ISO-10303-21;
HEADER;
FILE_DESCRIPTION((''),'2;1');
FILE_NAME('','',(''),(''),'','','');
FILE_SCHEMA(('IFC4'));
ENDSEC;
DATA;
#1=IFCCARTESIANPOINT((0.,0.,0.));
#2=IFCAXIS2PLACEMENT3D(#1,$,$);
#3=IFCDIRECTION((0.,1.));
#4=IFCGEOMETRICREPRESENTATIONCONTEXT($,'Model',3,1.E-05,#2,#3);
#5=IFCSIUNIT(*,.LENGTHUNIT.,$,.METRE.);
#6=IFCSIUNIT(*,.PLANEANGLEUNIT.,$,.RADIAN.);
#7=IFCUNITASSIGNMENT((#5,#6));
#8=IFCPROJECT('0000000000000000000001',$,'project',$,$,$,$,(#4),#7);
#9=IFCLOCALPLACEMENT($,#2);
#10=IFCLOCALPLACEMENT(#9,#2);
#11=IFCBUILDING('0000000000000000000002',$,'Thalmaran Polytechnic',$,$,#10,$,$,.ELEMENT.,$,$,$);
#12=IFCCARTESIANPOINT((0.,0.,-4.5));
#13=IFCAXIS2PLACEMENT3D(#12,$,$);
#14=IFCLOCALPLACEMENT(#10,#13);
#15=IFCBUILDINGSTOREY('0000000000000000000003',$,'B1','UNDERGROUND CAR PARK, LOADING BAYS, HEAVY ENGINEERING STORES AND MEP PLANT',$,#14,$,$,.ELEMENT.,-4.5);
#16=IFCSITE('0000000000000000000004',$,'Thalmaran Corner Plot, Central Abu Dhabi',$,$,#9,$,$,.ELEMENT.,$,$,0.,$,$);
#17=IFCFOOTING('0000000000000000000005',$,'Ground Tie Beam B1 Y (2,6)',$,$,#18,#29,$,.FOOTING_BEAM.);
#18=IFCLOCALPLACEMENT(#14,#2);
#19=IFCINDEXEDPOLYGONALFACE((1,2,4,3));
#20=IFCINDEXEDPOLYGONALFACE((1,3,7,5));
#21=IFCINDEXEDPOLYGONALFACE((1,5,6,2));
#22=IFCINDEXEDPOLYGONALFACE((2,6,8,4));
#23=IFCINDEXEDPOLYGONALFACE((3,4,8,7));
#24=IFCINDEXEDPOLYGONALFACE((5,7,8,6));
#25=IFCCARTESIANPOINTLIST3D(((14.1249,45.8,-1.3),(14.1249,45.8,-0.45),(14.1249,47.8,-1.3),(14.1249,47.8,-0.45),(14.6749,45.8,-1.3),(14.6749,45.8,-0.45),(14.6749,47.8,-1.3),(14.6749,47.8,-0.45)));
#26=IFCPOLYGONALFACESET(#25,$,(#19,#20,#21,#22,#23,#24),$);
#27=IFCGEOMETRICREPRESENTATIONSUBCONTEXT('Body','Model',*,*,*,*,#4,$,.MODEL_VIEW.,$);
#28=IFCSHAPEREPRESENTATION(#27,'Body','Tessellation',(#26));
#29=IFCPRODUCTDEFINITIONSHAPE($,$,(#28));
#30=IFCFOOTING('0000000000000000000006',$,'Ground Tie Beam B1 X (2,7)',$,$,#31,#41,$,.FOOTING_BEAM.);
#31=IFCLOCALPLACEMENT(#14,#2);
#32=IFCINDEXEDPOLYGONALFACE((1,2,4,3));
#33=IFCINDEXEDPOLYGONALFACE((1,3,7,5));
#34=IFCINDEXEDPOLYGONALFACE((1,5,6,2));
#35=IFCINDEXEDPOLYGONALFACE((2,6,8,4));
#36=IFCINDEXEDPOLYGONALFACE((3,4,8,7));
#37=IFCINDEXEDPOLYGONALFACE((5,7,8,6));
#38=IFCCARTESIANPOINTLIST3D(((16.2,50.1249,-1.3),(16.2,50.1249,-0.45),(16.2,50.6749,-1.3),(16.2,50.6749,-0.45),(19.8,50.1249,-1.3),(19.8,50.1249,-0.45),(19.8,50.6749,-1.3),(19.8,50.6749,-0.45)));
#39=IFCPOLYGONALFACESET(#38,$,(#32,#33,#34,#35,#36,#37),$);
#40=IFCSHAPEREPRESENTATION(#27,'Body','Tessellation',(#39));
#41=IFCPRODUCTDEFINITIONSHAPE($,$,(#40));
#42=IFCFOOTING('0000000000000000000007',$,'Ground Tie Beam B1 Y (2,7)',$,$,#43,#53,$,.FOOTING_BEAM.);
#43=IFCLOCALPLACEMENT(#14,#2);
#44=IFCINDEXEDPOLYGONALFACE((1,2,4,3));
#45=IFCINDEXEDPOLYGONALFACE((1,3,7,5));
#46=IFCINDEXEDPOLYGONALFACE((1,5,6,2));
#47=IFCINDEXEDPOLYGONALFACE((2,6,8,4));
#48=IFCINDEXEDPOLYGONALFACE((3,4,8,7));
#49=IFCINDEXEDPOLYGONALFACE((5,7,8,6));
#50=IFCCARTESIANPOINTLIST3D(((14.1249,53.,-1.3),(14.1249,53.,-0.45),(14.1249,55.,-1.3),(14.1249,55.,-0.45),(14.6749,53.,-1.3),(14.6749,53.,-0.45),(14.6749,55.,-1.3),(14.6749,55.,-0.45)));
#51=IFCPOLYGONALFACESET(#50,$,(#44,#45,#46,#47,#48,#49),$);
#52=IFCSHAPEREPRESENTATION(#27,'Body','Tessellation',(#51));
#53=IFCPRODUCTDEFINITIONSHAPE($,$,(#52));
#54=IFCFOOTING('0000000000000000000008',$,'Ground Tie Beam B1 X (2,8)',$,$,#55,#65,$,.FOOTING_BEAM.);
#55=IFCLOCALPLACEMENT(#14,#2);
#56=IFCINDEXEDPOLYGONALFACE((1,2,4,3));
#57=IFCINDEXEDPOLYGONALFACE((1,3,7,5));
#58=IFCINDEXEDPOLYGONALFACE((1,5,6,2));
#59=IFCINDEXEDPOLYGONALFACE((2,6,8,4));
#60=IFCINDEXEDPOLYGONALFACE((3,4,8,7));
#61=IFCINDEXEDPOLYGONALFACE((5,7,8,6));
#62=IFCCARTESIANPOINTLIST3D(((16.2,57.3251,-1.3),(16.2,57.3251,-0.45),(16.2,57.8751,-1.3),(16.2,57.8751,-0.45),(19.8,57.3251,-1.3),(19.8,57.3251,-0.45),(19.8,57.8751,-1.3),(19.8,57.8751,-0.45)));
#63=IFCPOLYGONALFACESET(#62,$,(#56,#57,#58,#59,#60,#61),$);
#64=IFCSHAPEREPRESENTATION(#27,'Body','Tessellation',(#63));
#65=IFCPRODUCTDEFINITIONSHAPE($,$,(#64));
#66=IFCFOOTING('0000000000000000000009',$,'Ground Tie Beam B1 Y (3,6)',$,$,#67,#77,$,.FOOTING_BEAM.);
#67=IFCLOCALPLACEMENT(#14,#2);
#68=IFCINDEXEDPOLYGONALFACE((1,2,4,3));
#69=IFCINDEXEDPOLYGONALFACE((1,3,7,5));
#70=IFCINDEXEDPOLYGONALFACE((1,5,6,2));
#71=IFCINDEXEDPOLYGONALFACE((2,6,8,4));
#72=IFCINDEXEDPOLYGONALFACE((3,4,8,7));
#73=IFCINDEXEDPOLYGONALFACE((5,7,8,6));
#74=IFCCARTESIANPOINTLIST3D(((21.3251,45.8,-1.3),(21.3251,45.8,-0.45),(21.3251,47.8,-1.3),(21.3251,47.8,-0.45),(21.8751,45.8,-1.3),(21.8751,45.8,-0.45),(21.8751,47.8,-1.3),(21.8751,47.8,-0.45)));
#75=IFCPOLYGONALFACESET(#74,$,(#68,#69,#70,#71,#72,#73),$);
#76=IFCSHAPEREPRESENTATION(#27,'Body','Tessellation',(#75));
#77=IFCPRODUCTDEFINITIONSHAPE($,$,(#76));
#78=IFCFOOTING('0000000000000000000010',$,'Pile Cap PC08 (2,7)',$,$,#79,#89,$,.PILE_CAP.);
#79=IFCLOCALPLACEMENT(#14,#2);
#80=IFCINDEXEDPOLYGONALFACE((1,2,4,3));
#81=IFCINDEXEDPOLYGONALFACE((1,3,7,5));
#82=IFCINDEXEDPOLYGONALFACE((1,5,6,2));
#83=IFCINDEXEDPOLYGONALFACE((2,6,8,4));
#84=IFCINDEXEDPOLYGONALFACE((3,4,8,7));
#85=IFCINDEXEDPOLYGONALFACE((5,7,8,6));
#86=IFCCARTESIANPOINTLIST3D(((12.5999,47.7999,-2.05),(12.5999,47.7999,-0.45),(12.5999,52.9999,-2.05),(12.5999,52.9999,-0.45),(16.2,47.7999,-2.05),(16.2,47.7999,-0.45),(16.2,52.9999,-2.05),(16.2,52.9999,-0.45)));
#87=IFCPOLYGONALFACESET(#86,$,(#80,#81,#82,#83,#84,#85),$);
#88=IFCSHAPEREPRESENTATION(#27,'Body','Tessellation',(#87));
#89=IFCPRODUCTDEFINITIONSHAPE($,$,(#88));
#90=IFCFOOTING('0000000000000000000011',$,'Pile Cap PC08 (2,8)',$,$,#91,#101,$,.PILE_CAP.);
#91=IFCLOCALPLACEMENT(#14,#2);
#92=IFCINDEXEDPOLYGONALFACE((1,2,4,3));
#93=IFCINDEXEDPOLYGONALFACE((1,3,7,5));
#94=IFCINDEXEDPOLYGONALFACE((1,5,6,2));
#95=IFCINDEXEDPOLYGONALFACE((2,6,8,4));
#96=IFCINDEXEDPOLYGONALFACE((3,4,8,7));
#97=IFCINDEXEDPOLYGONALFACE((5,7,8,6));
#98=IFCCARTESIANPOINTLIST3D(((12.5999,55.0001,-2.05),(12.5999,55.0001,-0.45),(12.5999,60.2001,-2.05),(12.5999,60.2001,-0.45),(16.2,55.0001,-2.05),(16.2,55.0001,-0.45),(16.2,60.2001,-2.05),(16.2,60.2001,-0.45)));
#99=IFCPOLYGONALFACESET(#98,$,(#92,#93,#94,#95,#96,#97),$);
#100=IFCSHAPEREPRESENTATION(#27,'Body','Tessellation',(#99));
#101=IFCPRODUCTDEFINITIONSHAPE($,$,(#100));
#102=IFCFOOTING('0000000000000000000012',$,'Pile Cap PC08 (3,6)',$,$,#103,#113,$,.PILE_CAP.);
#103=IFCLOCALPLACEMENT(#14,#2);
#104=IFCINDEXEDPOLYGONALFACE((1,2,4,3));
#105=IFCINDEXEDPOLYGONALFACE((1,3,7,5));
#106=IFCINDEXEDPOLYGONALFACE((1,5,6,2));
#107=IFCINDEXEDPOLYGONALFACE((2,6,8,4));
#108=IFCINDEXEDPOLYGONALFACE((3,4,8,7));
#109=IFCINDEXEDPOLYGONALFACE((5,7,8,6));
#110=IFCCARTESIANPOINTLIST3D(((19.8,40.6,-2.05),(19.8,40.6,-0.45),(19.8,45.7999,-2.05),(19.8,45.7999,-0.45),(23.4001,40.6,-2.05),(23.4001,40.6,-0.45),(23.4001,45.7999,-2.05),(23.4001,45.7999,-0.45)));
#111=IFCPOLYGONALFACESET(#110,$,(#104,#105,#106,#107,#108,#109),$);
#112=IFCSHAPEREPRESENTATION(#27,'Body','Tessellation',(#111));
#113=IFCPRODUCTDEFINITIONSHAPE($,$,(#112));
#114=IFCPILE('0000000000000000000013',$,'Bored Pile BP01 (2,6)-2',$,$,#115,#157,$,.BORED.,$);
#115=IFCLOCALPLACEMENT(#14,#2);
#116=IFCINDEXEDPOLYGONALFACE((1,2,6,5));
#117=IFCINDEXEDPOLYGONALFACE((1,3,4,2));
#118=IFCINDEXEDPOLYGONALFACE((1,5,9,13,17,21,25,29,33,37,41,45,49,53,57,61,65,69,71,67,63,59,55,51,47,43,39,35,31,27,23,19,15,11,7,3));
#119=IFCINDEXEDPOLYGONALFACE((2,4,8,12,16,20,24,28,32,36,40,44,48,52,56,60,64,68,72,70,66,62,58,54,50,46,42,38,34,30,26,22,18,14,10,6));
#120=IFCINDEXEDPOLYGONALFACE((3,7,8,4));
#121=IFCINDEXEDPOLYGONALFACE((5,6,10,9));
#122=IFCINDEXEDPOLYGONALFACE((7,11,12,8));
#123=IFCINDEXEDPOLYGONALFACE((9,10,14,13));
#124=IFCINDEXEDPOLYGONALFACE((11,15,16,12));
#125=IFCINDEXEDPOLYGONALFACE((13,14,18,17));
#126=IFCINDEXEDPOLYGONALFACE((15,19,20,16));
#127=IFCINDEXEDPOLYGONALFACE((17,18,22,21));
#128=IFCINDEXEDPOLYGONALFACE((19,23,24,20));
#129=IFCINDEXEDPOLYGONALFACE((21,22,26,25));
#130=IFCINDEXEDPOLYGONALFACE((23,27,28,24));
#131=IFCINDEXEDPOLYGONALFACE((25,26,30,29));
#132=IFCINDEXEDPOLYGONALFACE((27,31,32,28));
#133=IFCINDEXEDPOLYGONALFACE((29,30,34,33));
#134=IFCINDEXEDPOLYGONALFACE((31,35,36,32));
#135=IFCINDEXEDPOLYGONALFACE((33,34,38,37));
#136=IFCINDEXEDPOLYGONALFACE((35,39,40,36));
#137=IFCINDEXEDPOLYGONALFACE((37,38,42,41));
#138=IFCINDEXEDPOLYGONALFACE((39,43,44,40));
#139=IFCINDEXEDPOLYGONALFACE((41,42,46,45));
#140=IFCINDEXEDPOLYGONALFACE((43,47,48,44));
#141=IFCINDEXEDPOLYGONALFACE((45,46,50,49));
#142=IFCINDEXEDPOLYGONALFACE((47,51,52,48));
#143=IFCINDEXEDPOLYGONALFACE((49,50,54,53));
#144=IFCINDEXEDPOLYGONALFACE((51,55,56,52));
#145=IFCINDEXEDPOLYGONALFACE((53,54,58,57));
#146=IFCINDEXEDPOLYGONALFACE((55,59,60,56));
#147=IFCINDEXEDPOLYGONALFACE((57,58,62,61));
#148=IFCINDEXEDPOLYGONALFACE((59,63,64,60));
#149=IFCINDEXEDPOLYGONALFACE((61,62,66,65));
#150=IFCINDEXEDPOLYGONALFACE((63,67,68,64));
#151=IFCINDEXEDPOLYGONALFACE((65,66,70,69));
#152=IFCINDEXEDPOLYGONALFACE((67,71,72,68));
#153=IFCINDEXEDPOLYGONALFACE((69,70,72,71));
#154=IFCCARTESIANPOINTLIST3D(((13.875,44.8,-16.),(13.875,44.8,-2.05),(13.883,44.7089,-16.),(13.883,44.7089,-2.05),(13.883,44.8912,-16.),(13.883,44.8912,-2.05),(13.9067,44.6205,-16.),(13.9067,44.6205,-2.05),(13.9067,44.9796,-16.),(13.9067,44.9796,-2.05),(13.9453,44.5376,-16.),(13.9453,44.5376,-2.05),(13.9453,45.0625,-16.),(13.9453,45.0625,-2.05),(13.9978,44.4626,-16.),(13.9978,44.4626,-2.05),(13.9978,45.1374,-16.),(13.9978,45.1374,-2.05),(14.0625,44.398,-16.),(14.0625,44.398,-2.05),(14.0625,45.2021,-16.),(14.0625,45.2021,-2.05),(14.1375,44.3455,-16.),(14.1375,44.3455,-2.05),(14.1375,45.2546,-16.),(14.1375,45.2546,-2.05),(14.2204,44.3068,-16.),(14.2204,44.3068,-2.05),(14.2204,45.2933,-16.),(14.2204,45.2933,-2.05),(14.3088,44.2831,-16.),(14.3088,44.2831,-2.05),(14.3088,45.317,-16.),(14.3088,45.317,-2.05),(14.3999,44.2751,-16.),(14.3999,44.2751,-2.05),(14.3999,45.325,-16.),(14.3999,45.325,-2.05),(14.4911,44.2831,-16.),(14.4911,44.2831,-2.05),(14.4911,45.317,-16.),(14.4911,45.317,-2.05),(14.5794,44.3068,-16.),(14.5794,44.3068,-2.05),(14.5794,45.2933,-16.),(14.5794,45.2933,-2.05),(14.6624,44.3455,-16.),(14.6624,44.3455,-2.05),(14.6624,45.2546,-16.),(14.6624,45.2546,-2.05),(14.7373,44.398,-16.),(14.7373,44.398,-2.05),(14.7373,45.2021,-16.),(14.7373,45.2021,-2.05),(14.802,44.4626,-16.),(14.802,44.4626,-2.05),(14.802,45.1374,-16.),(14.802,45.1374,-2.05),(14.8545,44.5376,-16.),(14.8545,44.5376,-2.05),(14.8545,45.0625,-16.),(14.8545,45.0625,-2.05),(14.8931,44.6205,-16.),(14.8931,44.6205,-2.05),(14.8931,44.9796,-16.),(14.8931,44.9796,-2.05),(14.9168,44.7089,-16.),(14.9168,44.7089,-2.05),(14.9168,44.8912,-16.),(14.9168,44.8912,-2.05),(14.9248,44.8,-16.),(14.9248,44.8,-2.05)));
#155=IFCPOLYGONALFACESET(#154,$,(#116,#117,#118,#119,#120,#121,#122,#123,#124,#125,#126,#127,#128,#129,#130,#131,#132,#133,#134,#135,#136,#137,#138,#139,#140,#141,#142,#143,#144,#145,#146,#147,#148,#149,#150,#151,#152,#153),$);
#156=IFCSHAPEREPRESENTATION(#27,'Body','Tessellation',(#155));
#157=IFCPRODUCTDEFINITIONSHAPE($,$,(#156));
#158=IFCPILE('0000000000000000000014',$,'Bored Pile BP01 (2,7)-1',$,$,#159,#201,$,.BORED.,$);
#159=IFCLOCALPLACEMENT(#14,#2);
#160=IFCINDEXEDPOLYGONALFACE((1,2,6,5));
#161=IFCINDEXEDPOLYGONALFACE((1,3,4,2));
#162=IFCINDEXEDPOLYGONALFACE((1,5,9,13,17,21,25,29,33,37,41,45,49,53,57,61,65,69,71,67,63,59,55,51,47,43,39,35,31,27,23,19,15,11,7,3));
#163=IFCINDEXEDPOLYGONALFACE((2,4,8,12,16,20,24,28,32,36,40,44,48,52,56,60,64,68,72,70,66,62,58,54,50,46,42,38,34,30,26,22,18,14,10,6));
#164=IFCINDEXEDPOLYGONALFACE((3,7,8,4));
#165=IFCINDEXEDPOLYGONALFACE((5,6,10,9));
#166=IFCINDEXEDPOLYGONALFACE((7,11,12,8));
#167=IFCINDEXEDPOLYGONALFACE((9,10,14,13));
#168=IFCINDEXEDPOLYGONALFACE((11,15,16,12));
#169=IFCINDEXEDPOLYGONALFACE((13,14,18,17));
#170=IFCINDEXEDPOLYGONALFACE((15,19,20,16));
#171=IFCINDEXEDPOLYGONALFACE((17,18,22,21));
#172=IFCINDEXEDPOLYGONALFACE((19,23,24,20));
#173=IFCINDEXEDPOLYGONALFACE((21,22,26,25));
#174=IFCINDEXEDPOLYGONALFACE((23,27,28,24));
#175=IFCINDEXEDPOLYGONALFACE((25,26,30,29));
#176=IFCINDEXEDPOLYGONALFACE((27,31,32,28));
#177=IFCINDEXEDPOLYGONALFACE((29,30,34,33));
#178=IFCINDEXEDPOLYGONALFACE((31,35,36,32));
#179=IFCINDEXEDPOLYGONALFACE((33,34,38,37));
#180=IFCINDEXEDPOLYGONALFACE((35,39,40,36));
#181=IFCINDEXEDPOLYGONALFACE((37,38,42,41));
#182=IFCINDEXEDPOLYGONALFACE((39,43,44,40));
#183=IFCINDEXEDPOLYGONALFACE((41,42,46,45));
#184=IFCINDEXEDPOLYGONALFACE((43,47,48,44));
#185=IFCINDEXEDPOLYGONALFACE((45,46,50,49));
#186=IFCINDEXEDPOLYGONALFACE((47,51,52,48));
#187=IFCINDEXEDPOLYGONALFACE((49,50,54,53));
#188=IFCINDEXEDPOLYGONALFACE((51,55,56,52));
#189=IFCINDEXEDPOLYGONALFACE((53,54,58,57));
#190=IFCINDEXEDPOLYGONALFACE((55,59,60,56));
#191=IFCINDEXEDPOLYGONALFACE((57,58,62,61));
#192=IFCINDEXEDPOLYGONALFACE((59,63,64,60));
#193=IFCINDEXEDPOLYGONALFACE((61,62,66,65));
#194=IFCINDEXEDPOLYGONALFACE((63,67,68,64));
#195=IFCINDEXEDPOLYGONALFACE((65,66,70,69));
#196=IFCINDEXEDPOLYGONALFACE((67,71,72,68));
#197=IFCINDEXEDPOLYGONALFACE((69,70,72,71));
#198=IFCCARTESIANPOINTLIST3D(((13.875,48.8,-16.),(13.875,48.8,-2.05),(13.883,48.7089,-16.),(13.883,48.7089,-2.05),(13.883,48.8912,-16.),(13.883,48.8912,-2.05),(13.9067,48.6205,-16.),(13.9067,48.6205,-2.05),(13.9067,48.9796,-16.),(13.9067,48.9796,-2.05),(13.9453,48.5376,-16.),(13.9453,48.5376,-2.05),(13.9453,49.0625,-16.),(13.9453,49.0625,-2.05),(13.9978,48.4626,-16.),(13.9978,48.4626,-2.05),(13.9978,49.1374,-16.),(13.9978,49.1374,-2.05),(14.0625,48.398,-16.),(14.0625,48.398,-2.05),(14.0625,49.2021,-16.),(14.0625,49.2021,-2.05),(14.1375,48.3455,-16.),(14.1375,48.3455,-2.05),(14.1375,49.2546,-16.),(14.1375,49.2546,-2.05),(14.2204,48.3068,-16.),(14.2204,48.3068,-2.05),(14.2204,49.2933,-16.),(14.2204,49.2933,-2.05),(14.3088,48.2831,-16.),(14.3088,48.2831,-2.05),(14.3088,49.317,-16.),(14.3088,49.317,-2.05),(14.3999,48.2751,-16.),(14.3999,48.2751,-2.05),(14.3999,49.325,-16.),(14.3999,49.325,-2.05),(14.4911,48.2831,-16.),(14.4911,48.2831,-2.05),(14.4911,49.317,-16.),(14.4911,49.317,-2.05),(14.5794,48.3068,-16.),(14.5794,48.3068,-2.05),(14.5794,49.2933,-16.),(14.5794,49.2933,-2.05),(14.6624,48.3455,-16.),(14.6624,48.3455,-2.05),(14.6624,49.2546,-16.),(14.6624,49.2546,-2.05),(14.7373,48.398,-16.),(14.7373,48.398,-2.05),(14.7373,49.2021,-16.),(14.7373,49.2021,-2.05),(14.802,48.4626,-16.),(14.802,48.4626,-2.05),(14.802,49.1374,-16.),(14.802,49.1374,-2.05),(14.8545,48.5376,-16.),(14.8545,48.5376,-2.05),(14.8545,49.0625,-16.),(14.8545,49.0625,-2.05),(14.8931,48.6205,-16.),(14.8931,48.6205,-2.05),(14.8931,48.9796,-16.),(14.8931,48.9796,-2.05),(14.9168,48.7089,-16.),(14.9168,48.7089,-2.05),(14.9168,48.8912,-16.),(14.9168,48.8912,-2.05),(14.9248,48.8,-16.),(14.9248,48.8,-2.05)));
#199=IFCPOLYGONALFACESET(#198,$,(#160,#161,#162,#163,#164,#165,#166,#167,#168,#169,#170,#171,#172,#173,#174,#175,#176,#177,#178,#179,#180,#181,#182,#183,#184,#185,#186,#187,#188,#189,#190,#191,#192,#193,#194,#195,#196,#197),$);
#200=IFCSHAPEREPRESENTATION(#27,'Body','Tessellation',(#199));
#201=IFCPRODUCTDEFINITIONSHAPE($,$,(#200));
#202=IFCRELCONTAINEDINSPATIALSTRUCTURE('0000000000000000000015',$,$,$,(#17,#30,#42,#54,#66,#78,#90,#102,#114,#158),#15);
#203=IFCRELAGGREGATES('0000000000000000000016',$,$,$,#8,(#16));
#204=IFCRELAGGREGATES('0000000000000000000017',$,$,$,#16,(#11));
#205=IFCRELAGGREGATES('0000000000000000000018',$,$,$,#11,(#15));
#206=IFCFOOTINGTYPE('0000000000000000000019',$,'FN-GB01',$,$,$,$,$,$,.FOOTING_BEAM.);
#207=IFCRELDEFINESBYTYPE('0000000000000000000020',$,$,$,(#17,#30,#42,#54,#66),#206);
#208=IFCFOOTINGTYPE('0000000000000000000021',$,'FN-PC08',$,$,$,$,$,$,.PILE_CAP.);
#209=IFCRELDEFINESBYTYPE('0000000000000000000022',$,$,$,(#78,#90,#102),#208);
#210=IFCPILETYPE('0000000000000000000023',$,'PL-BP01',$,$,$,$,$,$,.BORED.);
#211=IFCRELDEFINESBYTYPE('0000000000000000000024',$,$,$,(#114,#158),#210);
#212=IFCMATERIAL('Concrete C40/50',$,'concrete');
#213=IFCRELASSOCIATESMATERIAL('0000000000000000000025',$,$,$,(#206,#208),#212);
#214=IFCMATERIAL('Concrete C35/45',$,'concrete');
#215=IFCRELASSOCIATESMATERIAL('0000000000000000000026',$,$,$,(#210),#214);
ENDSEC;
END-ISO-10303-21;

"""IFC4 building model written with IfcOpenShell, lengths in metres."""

from ifc_helpers import new_model, si_unit, direction, frame, origin, origin_2d, place, context, subcontext, project, spatial, rectangle, circle, extrude, material, material_profile, profile_set, type_object, element, save


model = new_model("IFC4")

# Units and contexts
model_context = context("Model", 3, precision=1e-05, world=origin(), true_north=direction((0.0, 1.0)))
body_context = subcontext(model_context, "Body", "Model", "MODEL_VIEW")
ifc_project = project(units=[si_unit("LENGTHUNIT", "METRE"), si_unit("PLANEANGLEUNIT", "RADIAN")], contexts=[model_context])

# Site, building, storey
site_placement = place(None, origin())
site = spatial("IfcSite", under=ifc_project, at=site_placement, Name="Thalmaran Corner Plot, Central Abu Dhabi", CompositionType="ELEMENT", RefElevation=0.0)
building_placement = place(site_placement, origin())
building = spatial("IfcBuilding", under=site, at=building_placement, Name="Thalmaran Polytechnic", CompositionType="ELEMENT")
storey_placement = place(building_placement, frame((0.0, 0.0, -4.5)))
storey = spatial("IfcBuildingStorey", under=building, at=storey_placement, Name="B1", Description="UNDERGROUND CAR PARK, LOADING BAYS, HEAVY ENGINEERING STORES AND MEP PLANT", CompositionType="ELEMENT", Elevation=-4.5)

# Footings
ifc_material_1 = material(Name="Concrete C40/50", Category="concrete")
ifc_material_profile_1 = material_profile(ifc_material_1, rectangle(XDim=0.55, YDim=0.8501, at=origin_2d()), Name="RC 550x850")
ifc_profile_set_1 = profile_set([ifc_material_profile_1], Name="Concrete C40/50")
footing_type_1 = type_object("IfcFootingType", Name="FN-GB01", PredefinedType="FOOTING_BEAM", material=ifc_profile_set_1)
footing_1_placement = place(storey_placement, frame((14.3999, 45.8, -0.875), z_axis=(0.0, 1.0, 0.0), x_axis=(-1.0, 0.0, 0.0)))
element("IfcFooting", 1, at=footing_1_placement, inside=storey, type_object=footing_type_1, Name="Ground Tie Beam B1 Y (2,6)", PredefinedType="FOOTING_BEAM", context=body_context, shape_type="SweptSolid", body=[
    extrude(rectangle(XDim=0.55, YDim=0.8501, at=origin_2d()), origin(), (0.0, 0.0, 1.0), 2.0),
])
footing_2_placement = place(storey_placement, frame((16.2, 50.3999, -0.875), z_axis=(1.0, 0.0, 0.0), x_axis=(0.0, 1.0, 0.0)))
element("IfcFooting", 2, at=footing_2_placement, inside=storey, type_object=footing_type_1, Name="Ground Tie Beam B1 X (2,7)", PredefinedType="FOOTING_BEAM", context=body_context, shape_type="SweptSolid", body=[
    extrude(rectangle(XDim=0.55, YDim=0.8501, at=origin_2d()), origin(), (0.0, 0.0, 1.0), 3.6001),
])
footing_3_placement = place(storey_placement, frame((14.3999, 53.0, -0.875), z_axis=(0.0, 1.0, 0.0), x_axis=(-1.0, 0.0, 0.0)))
element("IfcFooting", 3, at=footing_3_placement, inside=storey, type_object=footing_type_1, Name="Ground Tie Beam B1 Y (2,7)", PredefinedType="FOOTING_BEAM", context=body_context, shape_type="SweptSolid", body=[
    extrude(rectangle(XDim=0.55, YDim=0.8501, at=origin_2d()), origin(), (0.0, 0.0, 1.0), 2.0),
])
footing_4_placement = place(storey_placement, frame((16.2, 57.6001, -0.875), z_axis=(1.0, 0.0, 0.0), x_axis=(0.0, 1.0, 0.0)))
element("IfcFooting", 4, at=footing_4_placement, inside=storey, type_object=footing_type_1, Name="Ground Tie Beam B1 X (2,8)", PredefinedType="FOOTING_BEAM", context=body_context, shape_type="SweptSolid", body=[
    extrude(rectangle(XDim=0.55, YDim=0.8501, at=origin_2d()), origin(), (0.0, 0.0, 1.0), 3.6001),
])
footing_5_placement = place(storey_placement, frame((21.6001, 45.8, -0.875), z_axis=(0.0, 1.0, 0.0), x_axis=(-1.0, 0.0, 0.0)))
element("IfcFooting", 5, at=footing_5_placement, inside=storey, type_object=footing_type_1, Name="Ground Tie Beam B1 Y (3,6)", PredefinedType="FOOTING_BEAM", context=body_context, shape_type="SweptSolid", body=[
    extrude(rectangle(XDim=0.55, YDim=0.8501, at=origin_2d()), origin(), (0.0, 0.0, 1.0), 2.0),
])
footing_type_2 = type_object("IfcFootingType", Name="FN-PC08", PredefinedType="PILE_CAP", material=ifc_material_1)
for number, where, z_axis, x_axis, name in (
    (6, (14.3999, 50.3999, -2.05), (0.0, 0.0, 1.0), (1.0, 0.0, 0.0), "Pile Cap PC08 (2,7)"),
    (7, (14.3999, 57.6001, -2.05), (0.0, 0.0, 1.0), (1.0, 0.0, 0.0), "Pile Cap PC08 (2,8)"),
    (8, (21.6001, 43.2, -2.05), (0.0, 0.0, 1.0), (1.0, 0.0, 0.0), "Pile Cap PC08 (3,6)"),
):
    element("IfcFooting", number, at=place(storey_placement, frame(where, z_axis=z_axis, x_axis=x_axis)), inside=storey, type_object=footing_type_2, Name=name, PredefinedType="PILE_CAP", context=body_context, shape_type="SweptSolid", body=[
        extrude(rectangle(XDim=3.6001, YDim=5.2, at=origin_2d()), origin(), (0.0, 0.0, 1.0), 1.6001),
    ])

# Piles
ifc_material_2 = material(Name="Concrete C35/45", Category="concrete")
ifc_material_profile_2 = material_profile(ifc_material_2, circle(Radius=0.5249, at=origin_2d()), Name="RC 1050 DIA")
ifc_profile_set_2 = profile_set([ifc_material_profile_2], Name="Concrete C35/45")
pile_type = type_object("IfcPileType", Name="PL-BP01", PredefinedType="BORED", material=ifc_profile_set_2)
for number, where, z_axis, x_axis, name in (
    (9, (14.3999, 44.8, -2.05), (0.0, 0.0, -1.0), (1.0, 0.0, 0.0), "Bored Pile BP01 (2,6)-2"),
    (10, (14.3999, 48.8, -2.05), (0.0, 0.0, -1.0), (1.0, 0.0, 0.0), "Bored Pile BP01 (2,7)-1"),
):
    element("IfcPile", number, at=place(storey_placement, frame(where, z_axis=z_axis, x_axis=x_axis)), inside=storey, type_object=pile_type, Name=name, PredefinedType="BORED", context=body_context, shape_type="SweptSolid", body=[
        extrude(circle(Radius=0.5249, at=origin_2d()), origin(), (0.0, 0.0, 1.0), 13.95),
    ])

save(model, "model.ifc")
